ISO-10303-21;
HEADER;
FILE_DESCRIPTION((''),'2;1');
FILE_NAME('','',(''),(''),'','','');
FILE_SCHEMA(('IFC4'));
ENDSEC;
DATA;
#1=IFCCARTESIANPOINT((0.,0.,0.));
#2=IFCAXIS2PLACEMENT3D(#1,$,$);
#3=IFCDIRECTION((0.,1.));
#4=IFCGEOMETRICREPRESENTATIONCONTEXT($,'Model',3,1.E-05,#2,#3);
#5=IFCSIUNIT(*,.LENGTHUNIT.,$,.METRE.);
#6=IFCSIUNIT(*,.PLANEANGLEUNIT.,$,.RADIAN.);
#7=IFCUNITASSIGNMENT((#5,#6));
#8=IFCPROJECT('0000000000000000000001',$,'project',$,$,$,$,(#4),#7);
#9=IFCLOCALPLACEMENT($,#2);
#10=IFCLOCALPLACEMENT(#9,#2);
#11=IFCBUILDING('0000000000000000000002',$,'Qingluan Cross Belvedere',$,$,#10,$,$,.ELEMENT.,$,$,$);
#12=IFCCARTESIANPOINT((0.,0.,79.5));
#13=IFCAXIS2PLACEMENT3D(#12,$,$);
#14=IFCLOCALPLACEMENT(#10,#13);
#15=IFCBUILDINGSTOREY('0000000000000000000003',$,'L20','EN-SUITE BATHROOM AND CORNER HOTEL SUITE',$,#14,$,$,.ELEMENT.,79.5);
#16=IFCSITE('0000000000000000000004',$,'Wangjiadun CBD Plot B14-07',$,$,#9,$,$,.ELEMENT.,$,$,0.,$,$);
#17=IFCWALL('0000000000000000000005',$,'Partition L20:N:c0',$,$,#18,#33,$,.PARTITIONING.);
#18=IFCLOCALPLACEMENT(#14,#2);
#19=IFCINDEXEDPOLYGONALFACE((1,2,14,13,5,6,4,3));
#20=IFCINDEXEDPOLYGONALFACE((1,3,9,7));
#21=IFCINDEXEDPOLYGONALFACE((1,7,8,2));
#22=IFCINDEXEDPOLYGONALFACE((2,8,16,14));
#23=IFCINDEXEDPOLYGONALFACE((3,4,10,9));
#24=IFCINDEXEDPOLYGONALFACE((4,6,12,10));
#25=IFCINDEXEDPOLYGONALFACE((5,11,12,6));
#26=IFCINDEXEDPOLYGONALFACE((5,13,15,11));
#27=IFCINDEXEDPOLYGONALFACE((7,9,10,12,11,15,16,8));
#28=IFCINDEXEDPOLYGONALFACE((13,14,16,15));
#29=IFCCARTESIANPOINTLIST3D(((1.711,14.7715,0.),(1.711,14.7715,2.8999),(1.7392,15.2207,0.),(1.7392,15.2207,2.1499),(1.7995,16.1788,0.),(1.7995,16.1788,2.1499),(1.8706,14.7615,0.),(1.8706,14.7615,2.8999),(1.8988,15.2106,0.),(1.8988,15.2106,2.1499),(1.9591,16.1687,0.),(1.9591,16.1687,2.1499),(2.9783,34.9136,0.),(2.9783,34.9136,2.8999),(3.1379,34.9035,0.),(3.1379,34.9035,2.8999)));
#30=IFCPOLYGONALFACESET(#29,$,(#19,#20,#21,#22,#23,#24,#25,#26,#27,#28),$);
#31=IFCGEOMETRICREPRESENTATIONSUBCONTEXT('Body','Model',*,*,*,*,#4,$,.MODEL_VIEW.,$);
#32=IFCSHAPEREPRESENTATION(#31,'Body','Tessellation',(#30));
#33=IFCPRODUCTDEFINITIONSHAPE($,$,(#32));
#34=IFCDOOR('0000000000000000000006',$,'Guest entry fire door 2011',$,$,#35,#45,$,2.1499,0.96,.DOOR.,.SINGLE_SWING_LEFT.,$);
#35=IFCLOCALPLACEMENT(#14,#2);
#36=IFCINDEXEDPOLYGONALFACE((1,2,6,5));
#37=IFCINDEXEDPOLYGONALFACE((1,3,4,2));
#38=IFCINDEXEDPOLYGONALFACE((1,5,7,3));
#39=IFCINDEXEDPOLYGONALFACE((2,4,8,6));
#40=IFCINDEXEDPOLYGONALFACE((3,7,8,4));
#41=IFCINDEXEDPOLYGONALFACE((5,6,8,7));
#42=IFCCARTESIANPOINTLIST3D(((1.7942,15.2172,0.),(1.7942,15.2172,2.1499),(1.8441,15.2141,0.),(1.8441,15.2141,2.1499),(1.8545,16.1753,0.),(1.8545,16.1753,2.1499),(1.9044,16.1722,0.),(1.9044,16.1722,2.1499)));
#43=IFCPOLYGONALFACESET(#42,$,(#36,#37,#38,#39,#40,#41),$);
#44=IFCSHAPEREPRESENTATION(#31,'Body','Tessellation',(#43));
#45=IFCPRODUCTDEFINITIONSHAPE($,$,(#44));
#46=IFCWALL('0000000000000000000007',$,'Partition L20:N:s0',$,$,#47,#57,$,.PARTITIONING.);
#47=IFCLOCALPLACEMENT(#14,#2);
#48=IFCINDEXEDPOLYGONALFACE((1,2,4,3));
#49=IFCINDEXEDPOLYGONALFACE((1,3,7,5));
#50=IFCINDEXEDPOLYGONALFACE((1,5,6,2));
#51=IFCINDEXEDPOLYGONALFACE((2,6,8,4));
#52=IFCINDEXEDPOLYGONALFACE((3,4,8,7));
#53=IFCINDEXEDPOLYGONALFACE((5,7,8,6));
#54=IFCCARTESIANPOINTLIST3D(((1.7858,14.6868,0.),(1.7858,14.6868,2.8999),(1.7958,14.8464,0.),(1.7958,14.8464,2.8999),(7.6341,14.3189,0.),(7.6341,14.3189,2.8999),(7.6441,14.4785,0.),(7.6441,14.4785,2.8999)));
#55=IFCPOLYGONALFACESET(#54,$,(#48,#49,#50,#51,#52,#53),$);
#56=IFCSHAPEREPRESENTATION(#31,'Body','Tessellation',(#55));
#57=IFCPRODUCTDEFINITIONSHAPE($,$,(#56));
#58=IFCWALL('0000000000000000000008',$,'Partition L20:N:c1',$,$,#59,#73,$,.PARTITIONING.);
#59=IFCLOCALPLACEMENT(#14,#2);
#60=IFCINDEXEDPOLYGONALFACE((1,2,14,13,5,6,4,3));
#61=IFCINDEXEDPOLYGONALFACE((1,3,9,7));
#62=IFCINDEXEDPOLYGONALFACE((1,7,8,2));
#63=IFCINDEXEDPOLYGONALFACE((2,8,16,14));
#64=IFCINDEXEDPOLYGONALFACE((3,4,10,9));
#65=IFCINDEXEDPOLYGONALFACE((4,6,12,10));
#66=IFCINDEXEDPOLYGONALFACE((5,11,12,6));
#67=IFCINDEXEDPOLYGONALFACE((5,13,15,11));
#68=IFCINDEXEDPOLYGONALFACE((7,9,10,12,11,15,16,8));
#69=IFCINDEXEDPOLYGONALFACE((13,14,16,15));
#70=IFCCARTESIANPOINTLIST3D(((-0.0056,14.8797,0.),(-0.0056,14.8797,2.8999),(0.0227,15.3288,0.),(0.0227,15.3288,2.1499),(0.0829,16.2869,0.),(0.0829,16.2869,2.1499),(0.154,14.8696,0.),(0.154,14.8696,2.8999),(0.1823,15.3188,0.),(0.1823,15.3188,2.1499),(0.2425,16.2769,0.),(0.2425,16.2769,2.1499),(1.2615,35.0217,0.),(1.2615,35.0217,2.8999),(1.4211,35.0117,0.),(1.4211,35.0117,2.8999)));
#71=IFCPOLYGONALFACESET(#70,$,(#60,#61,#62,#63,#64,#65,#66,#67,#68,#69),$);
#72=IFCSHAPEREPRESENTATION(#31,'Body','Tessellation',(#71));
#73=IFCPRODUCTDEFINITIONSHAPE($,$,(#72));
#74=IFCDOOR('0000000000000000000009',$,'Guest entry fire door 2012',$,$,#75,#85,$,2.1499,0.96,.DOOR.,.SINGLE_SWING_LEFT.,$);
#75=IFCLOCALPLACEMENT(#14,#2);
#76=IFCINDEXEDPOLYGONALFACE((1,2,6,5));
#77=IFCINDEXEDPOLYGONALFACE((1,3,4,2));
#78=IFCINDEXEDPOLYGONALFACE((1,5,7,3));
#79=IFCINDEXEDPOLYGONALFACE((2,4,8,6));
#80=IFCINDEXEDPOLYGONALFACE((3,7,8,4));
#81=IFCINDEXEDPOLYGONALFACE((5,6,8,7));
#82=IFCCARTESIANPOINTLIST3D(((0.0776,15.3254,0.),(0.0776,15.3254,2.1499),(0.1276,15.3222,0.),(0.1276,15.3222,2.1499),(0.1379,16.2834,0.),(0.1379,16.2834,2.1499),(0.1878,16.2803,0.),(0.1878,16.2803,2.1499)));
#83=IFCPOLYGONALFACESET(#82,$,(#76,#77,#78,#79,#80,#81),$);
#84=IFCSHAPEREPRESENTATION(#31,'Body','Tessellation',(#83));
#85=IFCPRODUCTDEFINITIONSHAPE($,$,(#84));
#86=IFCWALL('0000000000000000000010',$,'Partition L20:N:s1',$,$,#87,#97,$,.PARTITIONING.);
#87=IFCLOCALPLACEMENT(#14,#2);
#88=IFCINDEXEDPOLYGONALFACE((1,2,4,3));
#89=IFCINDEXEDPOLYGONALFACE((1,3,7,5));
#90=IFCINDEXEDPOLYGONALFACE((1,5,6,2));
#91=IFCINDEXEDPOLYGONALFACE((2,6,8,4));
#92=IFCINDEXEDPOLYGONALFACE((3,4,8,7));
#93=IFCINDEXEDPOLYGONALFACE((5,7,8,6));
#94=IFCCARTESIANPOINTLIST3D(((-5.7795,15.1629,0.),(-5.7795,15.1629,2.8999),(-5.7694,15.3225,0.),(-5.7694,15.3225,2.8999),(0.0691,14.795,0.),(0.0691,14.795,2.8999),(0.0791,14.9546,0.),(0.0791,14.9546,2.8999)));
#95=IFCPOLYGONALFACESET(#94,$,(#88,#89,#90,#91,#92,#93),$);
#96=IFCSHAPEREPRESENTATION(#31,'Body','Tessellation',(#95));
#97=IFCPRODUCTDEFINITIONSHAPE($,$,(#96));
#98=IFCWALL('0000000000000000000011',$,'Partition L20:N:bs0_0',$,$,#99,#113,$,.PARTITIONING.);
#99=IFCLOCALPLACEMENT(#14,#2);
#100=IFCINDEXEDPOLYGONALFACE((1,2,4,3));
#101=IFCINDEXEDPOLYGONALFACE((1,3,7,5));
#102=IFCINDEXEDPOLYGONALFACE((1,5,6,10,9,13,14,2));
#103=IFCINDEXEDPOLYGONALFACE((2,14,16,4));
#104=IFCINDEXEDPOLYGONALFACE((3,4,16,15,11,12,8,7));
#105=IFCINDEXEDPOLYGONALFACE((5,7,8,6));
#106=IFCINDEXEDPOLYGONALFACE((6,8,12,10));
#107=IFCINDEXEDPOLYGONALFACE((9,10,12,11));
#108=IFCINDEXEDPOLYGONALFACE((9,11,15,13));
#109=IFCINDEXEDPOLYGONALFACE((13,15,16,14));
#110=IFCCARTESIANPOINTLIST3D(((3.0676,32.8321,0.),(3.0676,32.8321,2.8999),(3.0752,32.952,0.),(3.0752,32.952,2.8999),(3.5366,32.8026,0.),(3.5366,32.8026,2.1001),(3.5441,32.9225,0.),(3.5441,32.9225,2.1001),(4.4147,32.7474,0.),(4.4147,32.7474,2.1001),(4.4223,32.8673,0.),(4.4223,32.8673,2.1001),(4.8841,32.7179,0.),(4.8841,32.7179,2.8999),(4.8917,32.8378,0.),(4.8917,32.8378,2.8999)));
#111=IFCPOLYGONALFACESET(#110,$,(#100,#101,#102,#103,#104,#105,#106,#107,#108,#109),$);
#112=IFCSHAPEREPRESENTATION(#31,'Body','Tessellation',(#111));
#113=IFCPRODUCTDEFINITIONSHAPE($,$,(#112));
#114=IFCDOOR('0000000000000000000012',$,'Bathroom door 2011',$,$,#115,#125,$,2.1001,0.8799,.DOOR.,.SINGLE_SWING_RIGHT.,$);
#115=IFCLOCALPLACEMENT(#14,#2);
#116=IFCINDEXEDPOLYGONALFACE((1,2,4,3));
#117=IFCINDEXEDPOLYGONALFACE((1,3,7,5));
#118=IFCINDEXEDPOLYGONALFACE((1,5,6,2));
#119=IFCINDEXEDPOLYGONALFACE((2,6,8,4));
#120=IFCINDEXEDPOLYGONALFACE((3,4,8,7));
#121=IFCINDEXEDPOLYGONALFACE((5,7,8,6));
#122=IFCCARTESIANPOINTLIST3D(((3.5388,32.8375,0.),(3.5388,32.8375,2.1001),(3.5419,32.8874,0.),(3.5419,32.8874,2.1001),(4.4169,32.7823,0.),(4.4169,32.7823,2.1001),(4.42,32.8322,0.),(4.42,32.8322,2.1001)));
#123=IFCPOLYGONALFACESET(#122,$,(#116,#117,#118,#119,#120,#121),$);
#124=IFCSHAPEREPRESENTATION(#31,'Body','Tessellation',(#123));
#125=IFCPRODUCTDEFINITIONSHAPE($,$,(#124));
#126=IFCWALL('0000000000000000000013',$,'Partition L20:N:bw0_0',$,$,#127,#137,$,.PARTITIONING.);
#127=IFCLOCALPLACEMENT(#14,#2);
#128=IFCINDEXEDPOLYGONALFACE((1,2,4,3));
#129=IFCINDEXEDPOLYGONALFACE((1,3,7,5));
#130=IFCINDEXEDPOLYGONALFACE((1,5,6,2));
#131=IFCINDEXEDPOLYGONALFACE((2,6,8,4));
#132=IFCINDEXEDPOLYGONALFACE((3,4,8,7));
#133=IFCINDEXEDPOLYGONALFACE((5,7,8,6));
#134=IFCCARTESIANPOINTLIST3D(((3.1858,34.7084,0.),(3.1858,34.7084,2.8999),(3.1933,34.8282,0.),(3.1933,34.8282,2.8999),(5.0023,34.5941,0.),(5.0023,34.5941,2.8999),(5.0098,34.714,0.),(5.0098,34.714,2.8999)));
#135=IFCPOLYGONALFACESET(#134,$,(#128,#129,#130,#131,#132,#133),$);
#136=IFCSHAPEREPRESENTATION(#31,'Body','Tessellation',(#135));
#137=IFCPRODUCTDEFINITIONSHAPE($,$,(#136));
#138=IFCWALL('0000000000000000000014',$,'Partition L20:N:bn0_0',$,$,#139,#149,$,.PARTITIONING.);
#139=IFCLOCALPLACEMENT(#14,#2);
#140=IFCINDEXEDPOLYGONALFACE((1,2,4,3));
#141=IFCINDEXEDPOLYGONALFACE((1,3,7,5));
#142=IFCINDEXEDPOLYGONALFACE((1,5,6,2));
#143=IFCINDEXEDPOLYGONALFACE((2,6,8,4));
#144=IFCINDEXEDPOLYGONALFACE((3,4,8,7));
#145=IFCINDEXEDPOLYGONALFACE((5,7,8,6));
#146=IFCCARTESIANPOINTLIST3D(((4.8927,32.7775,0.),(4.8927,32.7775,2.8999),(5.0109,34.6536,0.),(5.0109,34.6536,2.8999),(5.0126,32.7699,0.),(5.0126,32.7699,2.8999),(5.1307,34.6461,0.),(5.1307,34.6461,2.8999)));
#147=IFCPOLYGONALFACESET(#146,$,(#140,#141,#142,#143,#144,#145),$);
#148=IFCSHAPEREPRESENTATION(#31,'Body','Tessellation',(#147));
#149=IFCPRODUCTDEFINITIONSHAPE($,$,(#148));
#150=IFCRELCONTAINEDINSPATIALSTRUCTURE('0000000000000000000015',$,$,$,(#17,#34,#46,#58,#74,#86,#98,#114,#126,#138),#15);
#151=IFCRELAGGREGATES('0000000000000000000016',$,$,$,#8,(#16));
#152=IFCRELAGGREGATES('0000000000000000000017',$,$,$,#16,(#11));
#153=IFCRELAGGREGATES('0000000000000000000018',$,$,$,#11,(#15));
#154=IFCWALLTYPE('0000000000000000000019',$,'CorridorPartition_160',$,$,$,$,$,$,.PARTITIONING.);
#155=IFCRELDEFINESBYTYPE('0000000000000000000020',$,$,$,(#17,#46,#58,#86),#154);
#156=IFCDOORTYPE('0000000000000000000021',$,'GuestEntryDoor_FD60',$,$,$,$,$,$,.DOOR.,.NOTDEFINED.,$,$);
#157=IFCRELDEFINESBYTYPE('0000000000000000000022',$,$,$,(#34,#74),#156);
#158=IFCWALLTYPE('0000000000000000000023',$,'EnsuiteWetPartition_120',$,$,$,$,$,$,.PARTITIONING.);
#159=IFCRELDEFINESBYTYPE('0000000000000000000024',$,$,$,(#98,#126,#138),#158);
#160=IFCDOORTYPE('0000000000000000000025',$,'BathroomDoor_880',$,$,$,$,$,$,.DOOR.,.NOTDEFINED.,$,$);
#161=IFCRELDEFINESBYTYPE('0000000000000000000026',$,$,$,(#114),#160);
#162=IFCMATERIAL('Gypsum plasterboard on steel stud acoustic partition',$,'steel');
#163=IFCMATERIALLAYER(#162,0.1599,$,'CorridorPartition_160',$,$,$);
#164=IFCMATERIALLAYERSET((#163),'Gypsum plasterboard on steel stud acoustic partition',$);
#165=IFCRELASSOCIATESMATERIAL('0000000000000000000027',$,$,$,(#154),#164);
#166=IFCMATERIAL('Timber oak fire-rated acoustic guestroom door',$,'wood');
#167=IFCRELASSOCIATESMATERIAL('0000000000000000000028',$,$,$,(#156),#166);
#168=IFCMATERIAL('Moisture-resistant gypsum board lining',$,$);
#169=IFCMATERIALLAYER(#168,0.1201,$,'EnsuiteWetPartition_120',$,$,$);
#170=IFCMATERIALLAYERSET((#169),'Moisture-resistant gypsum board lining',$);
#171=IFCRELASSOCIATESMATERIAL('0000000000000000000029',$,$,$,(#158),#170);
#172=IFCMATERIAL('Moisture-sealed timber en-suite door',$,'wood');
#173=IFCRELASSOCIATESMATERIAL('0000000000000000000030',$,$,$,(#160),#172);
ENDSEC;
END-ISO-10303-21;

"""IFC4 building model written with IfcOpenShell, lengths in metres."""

from ifc_helpers import new_model, si_unit, direction, frame, frame_2d, origin, place, context, subcontext, project, spatial, rectangle, extrude, material, layer, layer_set, type_object, element, fill, save


model = new_model("IFC4")

# Units and contexts
model_context = context("Model", 3, precision=1e-05, world=origin(), true_north=direction((0.0, 1.0)))
body_context = subcontext(model_context, "Body", "Model", "MODEL_VIEW")
ifc_project = project(units=[si_unit("LENGTHUNIT", "METRE"), si_unit("PLANEANGLEUNIT", "RADIAN")], contexts=[model_context])

# Site, building, storey
site_placement = place(None, origin())
site = spatial("IfcSite", under=ifc_project, at=site_placement, Name="Wangjiadun CBD Plot B14-07", CompositionType="ELEMENT", RefElevation=0.0)
building_placement = place(site_placement, origin())
building = spatial("IfcBuilding", under=site, at=building_placement, Name="Qingluan Cross Belvedere", CompositionType="ELEMENT")
storey_placement = place(building_placement, frame((0.0, 0.0, 79.5)))
storey = spatial("IfcBuildingStorey", under=building, at=storey_placement, Name="L20", Description="EN-SUITE BATHROOM AND CORNER HOTEL SUITE", CompositionType="ELEMENT", Elevation=79.5)

# Wall, opening, door
ifc_material_1 = material(Name="Gypsum plasterboard on steel stud acoustic partition", Category="steel")
ifc_layer_1 = layer(ifc_material_1, 0.1599, Name="CorridorPartition_160")
ifc_layer_set_1 = layer_set([ifc_layer_1], Name="Gypsum plasterboard on steel stud acoustic partition")
wall_type_1 = type_object("IfcWallType", Name="CorridorPartition_160", PredefinedType="PARTITIONING", material=ifc_layer_set_1)
wall_1_placement = place(storey_placement, frame((1.7908, 14.7666, 0.0), z_axis=(0.0, 0.0, 1.0), x_axis=(0.062796, 0.998026, 0.0)))
wall_1 = element("IfcWall", 1, at=wall_1_placement, inside=storey, type_object=wall_type_1, Name="Partition L20:N:c0", PredefinedType="PARTITIONING", context=body_context, shape_type="SweptSolid", body=[
    extrude(rectangle(XDim=20.1819, YDim=0.1599, at=frame_2d((10.0908, 0.0))), origin(), (0.0, 0.0, 1.0), 2.8999),
])
opening_1_placement = place(wall_1_placement, frame((0.45, 0.0, 0.0)))
opening_1 = element("IfcOpeningElement", 2, at=opening_1_placement, cuts=wall_1, PredefinedType="OPENING", context=body_context, shape_type="SweptSolid", body=[
    extrude(rectangle(XDim=0.96, YDim=2.1499, at=frame_2d((0.48, 1.075))), frame((0.0, 0.0898, 0.0), z_axis=(0.0, -1.0, 0.0), x_axis=(1.0, 0.0, 0.0)), (0.0, 0.0, 1.0), 0.1799),
])
ifc_material_2 = material(Name="Timber oak fire-rated acoustic guestroom door", Category="wood")
door_type_1 = type_object("IfcDoorType", Name="GuestEntryDoor_FD60", OperationType="NOTDEFINED", PredefinedType="DOOR", material=ifc_material_2)
door_1_placement = place(opening_1_placement, origin())
door_1 = element("IfcDoor", 3, at=door_1_placement, inside=storey, type_object=door_type_1, Name="Guest entry fire door 2011", OperationType="SINGLE_SWING_LEFT", OverallHeight=2.1499, OverallWidth=0.96, PredefinedType="DOOR", context=body_context, shape_type="SweptSolid", body=[
    extrude(rectangle(XDim=0.96, YDim=2.1499, at=frame_2d((0.48, 1.075))), frame((0.0, 0.0249, 0.0), z_axis=(0.0, -1.0, 0.0), x_axis=(1.0, 0.0, 0.0)), (0.0, 0.0, 1.0), 0.05),
])
fill(opening_1, door_1)

# Wall
wall_2_placement = place(storey_placement, frame((1.7908, 14.7666, 0.0), z_axis=(0.0, 0.0, 1.0), x_axis=(0.998027, -0.062786, 0.0)))
element("IfcWall", 4, at=wall_2_placement, inside=storey, type_object=wall_type_1, Name="Partition L20:N:s0", PredefinedType="PARTITIONING", context=body_context, shape_type="SweptSolid", body=[
    extrude(rectangle(XDim=5.8599, YDim=0.1599, at=frame_2d((2.9299, 0.0))), origin(), (0.0, 0.0, 1.0), 2.8999),
])

# Wall, opening, door
wall_3_placement = place(storey_placement, frame((0.0742, 14.8748, 0.0), z_axis=(0.0, 0.0, 1.0), x_axis=(0.062783, 0.998027, 0.0)))
wall_3 = element("IfcWall", 5, at=wall_3_placement, inside=storey, type_object=wall_type_1, Name="Partition L20:N:c1", PredefinedType="PARTITIONING", context=body_context, shape_type="SweptSolid", body=[
    extrude(rectangle(XDim=20.1819, YDim=0.1599, at=frame_2d((10.0908, 0.0))), origin(), (0.0, 0.0, 1.0), 2.8999),
])
opening_2_placement = place(wall_3_placement, frame((0.45, 0.0, 0.0)))
opening_2 = element("IfcOpeningElement", 6, at=opening_2_placement, cuts=wall_3, PredefinedType="OPENING", context=body_context, shape_type="SweptSolid", body=[
    extrude(rectangle(XDim=0.96, YDim=2.1499, at=frame_2d((0.48, 1.075))), frame((0.0, 0.0898, 0.0), z_axis=(0.0, -1.0, 0.0), x_axis=(1.0, 0.0, 0.0)), (0.0, 0.0, 1.0), 0.1799),
])
door_2_placement = place(opening_2_placement, origin())
door_2 = element("IfcDoor", 7, at=door_2_placement, inside=storey, type_object=door_type_1, Name="Guest entry fire door 2012", OperationType="SINGLE_SWING_LEFT", OverallHeight=2.1499, OverallWidth=0.96, PredefinedType="DOOR", context=body_context, shape_type="SweptSolid", body=[
    extrude(rectangle(XDim=0.96, YDim=2.1499, at=frame_2d((0.48, 1.075))), frame((0.0, 0.0249, 0.0), z_axis=(0.0, -1.0, 0.0), x_axis=(1.0, 0.0, 0.0)), (0.0, 0.0, 1.0), 0.05),
])
fill(opening_2, door_2)

# Wall
wall_4_placement = place(storey_placement, frame((0.0742, 14.8748, 0.0), z_axis=(0.0, 0.0, 1.0), x_axis=(-0.998027, 0.062783, 0.0)))
element("IfcWall", 8, at=wall_4_placement, inside=storey, type_object=wall_type_1, Name="Partition L20:N:s1", PredefinedType="PARTITIONING", context=body_context, shape_type="SweptSolid", body=[
    extrude(rectangle(XDim=5.8601, YDim=0.1599, at=frame_2d((2.9302, 0.0))), origin(), (0.0, 0.0, 1.0), 2.8999),
])

# Wall, opening, door
ifc_material_3 = material(Name="Moisture-resistant gypsum board lining")
ifc_layer_2 = layer(ifc_material_3, 0.1201, Name="EnsuiteWetPartition_120")
ifc_layer_set_2 = layer_set([ifc_layer_2], Name="Moisture-resistant gypsum board lining")
wall_type_2 = type_object("IfcWallType", Name="EnsuiteWetPartition_120", PredefinedType="PARTITIONING", material=ifc_layer_set_2)
wall_5_placement = place(storey_placement, frame((3.0713, 32.8921, 0.0), z_axis=(0.0, 0.0, 1.0), x_axis=(0.998027, -0.062779, 0.0)))
wall_5 = element("IfcWall", 9, at=wall_5_placement, inside=storey, type_object=wall_type_2, Name="Partition L20:N:bs0_0", PredefinedType="PARTITIONING", context=body_context, shape_type="SweptSolid", body=[
    extrude(rectangle(XDim=1.8201, YDim=0.1201, at=frame_2d((0.9102, 0.0))), origin(), (0.0, 0.0, 1.0), 2.8999),
])
opening_3_placement = place(wall_5_placement, frame((0.47, 0.0, 0.0)))
opening_3 = element("IfcOpeningElement", 10, at=opening_3_placement, cuts=wall_5, PredefinedType="OPENING", context=body_context, shape_type="SweptSolid", body=[
    extrude(rectangle(XDim=0.8799, YDim=2.1001, at=frame_2d((0.4399, 1.05))), frame((0.0, 0.0701, 0.0), z_axis=(0.0, -1.0, 0.0), x_axis=(1.0, 0.0, 0.0)), (0.0, 0.0, 1.0), 0.1401),
])
ifc_material_4 = material(Name="Moisture-sealed timber en-suite door", Category="wood")
door_type_2 = type_object("IfcDoorType", Name="BathroomDoor_880", OperationType="NOTDEFINED", PredefinedType="DOOR", material=ifc_material_4)
door_3_placement = place(opening_3_placement, origin())
door_3 = element("IfcDoor", 11, at=door_3_placement, inside=storey, type_object=door_type_2, Name="Bathroom door 2011", OperationType="SINGLE_SWING_RIGHT", OverallHeight=2.1001, OverallWidth=0.8799, PredefinedType="DOOR", context=body_context, shape_type="SweptSolid", body=[
    extrude(rectangle(XDim=0.8799, YDim=2.1001, at=frame_2d((0.4399, 1.05))), frame((0.0, 0.0249, 0.0), z_axis=(0.0, -1.0, 0.0), x_axis=(1.0, 0.0, 0.0)), (0.0, 0.0, 1.0), 0.05),
])
fill(opening_3, door_3)

# Walls
wall_6_placement = place(storey_placement, frame((3.1895, 34.7683, 0.0), z_axis=(0.0, 0.0, 1.0), x_axis=(0.998027, -0.062779, 0.0)))
element("IfcWall", 12, at=wall_6_placement, inside=storey, type_object=wall_type_2, Name="Partition L20:N:bw0_0", PredefinedType="PARTITIONING", context=body_context, shape_type="SweptSolid", body=[
    extrude(rectangle(XDim=1.8201, YDim=0.1201, at=frame_2d((0.9102, 0.0))), origin(), (0.0, 0.0, 1.0), 2.8999),
])
wall_7_placement = place(storey_placement, frame((4.9526, 32.7737, 0.0), z_axis=(0.0, 0.0, 1.0), x_axis=(0.062855, 0.998023, 0.0)))
element("IfcWall", 13, at=wall_7_placement, inside=storey, type_object=wall_type_2, Name="Partition L20:N:bn0_0", PredefinedType="PARTITIONING", context=body_context, shape_type="SweptSolid", body=[
    extrude(rectangle(XDim=1.8799, YDim=0.1201, at=frame_2d((0.9399, 0.0))), origin(), (0.0, 0.0, 1.0), 2.8999),
])

save(model, "model.ifc")
